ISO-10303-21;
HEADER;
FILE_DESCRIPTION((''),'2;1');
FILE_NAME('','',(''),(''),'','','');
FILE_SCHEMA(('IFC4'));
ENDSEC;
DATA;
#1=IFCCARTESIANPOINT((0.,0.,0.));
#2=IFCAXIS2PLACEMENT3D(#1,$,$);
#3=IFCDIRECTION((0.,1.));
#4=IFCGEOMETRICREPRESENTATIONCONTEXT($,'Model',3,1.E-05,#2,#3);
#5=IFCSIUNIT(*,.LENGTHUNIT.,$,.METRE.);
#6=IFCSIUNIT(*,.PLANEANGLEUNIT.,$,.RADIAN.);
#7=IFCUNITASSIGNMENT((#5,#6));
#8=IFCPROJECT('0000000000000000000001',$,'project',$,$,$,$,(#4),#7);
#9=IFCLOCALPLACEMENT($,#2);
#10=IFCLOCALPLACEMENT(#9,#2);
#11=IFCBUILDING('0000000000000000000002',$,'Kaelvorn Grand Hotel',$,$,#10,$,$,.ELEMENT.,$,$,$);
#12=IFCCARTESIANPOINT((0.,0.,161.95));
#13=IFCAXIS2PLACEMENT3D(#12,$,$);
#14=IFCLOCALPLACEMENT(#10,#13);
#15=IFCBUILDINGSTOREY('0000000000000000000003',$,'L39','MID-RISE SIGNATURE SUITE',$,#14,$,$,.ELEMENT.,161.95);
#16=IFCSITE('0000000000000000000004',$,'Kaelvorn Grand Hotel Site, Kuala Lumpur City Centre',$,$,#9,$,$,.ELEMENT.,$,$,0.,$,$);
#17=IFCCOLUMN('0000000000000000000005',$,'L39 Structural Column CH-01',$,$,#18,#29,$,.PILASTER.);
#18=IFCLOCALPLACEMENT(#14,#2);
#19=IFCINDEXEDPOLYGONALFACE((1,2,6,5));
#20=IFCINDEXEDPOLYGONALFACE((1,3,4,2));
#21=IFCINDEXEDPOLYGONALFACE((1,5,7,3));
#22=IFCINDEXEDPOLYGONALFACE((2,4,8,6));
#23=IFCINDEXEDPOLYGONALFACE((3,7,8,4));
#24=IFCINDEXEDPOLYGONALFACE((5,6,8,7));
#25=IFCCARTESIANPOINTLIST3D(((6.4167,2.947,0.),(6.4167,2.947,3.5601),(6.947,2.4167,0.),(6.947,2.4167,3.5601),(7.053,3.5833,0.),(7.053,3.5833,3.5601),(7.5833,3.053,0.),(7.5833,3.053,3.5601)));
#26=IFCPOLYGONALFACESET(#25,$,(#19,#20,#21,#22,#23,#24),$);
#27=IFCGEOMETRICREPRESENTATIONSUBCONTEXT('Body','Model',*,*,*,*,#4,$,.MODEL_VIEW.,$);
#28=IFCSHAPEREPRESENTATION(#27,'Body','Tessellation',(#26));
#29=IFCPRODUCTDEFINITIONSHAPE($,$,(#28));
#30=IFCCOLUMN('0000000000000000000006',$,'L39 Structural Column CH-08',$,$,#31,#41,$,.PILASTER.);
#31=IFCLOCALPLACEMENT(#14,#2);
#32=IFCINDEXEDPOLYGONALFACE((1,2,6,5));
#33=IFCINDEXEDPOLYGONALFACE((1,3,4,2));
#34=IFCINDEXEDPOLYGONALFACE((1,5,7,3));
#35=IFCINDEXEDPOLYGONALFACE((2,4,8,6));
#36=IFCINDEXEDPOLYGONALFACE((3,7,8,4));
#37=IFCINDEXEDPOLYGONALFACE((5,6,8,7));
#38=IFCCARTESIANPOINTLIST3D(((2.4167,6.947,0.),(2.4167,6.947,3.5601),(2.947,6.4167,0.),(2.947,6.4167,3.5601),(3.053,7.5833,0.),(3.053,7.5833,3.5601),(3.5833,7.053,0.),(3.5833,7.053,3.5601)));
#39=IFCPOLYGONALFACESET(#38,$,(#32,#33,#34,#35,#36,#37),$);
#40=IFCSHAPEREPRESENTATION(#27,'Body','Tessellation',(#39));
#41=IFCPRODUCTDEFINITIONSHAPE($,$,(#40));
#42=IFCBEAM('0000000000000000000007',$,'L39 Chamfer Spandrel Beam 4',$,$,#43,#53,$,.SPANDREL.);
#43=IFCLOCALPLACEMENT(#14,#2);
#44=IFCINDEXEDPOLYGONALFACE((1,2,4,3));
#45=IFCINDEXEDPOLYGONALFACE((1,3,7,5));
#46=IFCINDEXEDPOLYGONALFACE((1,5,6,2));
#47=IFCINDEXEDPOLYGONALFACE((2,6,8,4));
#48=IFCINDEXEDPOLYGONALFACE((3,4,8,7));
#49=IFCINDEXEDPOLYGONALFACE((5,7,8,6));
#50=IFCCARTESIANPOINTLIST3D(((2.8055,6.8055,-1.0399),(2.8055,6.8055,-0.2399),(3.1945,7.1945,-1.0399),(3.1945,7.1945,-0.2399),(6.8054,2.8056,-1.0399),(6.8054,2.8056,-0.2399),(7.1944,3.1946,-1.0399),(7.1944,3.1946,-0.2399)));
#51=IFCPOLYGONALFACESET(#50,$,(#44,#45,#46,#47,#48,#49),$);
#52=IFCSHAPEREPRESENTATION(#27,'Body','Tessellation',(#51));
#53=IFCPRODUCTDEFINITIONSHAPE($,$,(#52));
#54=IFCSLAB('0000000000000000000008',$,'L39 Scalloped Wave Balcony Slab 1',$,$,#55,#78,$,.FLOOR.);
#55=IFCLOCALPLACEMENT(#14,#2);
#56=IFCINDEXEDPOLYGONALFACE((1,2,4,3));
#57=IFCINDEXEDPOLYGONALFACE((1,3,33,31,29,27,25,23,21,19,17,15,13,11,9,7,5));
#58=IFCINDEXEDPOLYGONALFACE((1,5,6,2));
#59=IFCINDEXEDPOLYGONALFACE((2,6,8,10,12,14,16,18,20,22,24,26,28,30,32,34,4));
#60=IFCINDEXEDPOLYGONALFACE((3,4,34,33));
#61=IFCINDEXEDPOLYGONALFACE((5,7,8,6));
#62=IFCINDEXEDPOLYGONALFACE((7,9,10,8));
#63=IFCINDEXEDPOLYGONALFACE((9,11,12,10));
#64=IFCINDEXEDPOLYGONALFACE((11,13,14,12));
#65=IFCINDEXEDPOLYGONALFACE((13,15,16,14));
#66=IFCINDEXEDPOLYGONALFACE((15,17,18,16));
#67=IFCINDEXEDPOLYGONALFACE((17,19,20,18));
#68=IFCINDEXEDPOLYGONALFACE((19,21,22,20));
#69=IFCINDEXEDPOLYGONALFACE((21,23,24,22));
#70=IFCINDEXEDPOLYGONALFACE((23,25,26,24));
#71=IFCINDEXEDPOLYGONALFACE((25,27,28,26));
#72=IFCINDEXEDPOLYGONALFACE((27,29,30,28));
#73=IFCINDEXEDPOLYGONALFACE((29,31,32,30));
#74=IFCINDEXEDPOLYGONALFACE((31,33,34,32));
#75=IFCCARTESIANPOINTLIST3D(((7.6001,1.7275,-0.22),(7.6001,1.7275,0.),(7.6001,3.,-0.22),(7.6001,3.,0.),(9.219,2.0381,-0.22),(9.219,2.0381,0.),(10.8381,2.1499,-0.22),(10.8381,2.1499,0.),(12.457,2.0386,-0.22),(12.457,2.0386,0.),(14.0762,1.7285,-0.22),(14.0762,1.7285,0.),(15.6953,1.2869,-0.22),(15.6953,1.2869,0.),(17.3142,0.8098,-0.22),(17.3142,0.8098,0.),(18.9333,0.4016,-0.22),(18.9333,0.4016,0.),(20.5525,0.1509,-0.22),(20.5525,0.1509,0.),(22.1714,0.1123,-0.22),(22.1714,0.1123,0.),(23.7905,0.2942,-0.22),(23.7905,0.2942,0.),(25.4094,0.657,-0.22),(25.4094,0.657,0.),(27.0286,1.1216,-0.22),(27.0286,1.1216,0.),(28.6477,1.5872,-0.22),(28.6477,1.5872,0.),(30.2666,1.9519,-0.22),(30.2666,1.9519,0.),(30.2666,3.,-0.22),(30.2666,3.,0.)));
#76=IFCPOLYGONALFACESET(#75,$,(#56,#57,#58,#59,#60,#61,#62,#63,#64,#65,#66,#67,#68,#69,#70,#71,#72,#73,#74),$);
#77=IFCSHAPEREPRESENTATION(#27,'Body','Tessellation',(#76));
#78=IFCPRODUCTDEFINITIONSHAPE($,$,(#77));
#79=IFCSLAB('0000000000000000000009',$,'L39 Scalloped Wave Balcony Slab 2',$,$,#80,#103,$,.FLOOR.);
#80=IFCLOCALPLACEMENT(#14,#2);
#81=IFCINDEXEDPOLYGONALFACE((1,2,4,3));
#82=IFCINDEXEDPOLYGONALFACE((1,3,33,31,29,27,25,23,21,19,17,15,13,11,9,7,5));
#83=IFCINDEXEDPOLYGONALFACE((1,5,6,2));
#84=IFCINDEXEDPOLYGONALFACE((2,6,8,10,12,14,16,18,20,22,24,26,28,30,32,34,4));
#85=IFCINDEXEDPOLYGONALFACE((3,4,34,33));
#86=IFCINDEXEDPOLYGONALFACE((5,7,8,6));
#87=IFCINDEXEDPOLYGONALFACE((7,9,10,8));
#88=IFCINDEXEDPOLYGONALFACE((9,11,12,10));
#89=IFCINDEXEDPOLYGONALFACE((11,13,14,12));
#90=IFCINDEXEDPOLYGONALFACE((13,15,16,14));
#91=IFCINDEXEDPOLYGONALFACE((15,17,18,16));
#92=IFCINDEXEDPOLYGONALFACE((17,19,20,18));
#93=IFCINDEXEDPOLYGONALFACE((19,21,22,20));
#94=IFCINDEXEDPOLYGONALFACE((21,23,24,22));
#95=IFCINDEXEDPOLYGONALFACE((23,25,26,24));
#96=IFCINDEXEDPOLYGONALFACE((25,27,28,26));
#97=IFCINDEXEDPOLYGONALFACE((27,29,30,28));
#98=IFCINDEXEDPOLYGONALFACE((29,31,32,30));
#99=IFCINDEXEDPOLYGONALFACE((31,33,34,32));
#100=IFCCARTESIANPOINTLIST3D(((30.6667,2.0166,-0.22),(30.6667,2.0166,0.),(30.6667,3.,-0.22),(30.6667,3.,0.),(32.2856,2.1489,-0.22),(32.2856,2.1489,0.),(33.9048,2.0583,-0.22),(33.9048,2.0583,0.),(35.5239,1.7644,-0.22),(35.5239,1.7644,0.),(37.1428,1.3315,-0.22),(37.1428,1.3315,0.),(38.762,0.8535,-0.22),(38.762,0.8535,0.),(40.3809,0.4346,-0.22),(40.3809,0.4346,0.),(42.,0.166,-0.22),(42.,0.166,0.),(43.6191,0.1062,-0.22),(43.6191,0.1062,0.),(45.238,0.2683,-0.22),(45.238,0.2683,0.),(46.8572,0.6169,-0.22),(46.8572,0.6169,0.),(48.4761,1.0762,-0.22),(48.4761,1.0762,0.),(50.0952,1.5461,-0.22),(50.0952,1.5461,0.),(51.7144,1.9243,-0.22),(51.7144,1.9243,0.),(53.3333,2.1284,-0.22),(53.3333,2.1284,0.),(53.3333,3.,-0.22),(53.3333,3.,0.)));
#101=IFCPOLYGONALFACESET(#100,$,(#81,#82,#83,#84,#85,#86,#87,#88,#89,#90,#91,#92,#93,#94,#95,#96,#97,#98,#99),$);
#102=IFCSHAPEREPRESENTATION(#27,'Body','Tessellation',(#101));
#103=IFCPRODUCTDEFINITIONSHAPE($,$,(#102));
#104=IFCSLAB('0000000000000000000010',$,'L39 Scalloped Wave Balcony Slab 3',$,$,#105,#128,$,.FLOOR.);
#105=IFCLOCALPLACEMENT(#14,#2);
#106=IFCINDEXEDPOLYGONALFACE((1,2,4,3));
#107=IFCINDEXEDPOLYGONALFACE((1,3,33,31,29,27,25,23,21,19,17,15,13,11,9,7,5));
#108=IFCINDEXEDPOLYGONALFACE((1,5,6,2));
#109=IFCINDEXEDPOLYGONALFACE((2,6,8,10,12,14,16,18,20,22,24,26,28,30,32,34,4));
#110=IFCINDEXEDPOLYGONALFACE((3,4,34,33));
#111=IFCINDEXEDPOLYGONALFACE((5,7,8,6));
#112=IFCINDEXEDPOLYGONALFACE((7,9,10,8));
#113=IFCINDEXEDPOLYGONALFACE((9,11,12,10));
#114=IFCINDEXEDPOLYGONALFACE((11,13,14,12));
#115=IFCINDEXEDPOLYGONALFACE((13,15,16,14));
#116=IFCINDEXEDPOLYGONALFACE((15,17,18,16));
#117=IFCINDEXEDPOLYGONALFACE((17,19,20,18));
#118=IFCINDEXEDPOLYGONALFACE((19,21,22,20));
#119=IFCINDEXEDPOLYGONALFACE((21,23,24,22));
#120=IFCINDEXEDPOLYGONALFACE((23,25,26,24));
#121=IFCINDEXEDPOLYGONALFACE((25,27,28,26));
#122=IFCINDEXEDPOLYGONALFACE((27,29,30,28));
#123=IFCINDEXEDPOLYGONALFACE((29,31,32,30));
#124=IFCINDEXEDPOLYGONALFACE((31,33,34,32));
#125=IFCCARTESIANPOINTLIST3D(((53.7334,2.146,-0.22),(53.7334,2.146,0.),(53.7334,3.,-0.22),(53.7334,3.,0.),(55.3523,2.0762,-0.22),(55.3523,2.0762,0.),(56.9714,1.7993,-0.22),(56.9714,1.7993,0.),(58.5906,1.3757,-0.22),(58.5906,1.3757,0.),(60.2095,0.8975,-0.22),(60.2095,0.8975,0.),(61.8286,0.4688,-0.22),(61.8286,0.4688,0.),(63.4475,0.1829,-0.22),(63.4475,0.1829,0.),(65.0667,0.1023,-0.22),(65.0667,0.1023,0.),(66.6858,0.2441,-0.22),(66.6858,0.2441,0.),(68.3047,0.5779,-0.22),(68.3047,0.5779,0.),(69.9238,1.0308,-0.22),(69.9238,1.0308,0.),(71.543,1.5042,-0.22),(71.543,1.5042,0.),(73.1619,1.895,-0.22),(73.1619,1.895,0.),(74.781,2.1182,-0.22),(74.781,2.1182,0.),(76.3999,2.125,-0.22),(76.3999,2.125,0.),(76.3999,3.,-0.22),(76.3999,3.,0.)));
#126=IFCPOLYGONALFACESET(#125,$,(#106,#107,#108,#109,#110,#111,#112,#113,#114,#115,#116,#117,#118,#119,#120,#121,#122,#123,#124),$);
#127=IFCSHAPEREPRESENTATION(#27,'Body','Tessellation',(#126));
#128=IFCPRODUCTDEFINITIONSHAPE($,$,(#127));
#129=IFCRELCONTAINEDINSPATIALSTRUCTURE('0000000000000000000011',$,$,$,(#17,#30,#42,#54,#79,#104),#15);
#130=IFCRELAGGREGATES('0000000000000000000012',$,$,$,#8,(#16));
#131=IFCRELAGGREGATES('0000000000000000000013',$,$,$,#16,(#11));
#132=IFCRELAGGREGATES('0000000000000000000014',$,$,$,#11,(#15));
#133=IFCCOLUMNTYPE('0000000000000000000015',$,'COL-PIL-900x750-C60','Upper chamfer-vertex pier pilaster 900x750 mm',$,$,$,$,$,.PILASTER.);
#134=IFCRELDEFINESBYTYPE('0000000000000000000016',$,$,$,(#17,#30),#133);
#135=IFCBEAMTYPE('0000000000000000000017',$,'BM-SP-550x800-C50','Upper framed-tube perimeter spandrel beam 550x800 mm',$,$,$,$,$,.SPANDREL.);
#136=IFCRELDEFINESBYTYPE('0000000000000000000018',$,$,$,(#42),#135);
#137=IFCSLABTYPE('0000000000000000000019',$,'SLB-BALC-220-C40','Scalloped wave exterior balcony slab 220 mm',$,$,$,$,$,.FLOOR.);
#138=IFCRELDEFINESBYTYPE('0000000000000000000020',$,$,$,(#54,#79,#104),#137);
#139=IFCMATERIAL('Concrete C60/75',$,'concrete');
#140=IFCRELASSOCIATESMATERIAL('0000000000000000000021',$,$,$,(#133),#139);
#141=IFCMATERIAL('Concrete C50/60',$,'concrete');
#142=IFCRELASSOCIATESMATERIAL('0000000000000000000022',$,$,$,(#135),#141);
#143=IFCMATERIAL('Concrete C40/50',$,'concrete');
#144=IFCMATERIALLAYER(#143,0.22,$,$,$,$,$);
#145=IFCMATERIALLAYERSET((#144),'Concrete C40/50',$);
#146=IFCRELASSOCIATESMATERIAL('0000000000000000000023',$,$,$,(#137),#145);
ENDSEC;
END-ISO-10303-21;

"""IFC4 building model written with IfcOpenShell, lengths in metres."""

from ifc_helpers import new_model, si_unit, direction, frame, origin, origin_2d, place, context, subcontext, project, spatial, polyline, rectangle, outline, extrude, material, layer, layer_set, material_profile, profile_set, type_object, element, save


model = new_model("IFC4")

# Units and contexts
model_context = context("Model", 3, precision=1e-05, world=origin(), true_north=direction((0.0, 1.0)))
body_context = subcontext(model_context, "Body", "Model", "MODEL_VIEW")
ifc_project = project(units=[si_unit("LENGTHUNIT", "METRE"), si_unit("PLANEANGLEUNIT", "RADIAN")], contexts=[model_context])

# Site, building, storey
site_placement = place(None, origin())
site = spatial("IfcSite", under=ifc_project, at=site_placement, Name="Kaelvorn Grand Hotel Site, Kuala Lumpur City Centre", CompositionType="ELEMENT", RefElevation=0.0)
building_placement = place(site_placement, origin())
building = spatial("IfcBuilding", under=site, at=building_placement, Name="Kaelvorn Grand Hotel", CompositionType="ELEMENT")
storey_placement = place(building_placement, frame((0.0, 0.0, 161.95)))
storey = spatial("IfcBuildingStorey", under=building, at=storey_placement, Name="L39", Description="MID-RISE SIGNATURE SUITE", CompositionType="ELEMENT", Elevation=161.95)

# Columns
ifc_material_1 = material(Name="Concrete C60/75", Category="concrete")
ifc_material_profile_1 = material_profile(ifc_material_1, rectangle(XDim=0.8999, YDim=0.75, at=origin_2d()), Name="RC PILASTER 900x750")
ifc_profile_set_1 = profile_set([ifc_material_profile_1], Name="Concrete C60/75")
column_type = type_object("IfcColumnType", Name="COL-PIL-900x750-C60", Description="Upper chamfer-vertex pier pilaster 900x750 mm", PredefinedType="PILASTER", material=ifc_profile_set_1)
for number, where, z_axis, x_axis, name in (
    (1, (7.0, 3.0, 0.0), (0.0, 0.0, 1.0), (0.707107, 0.707107, 0.0), "L39 Structural Column CH-01"),
    (2, (3.0, 7.0, 0.0), (0.0, 0.0, 1.0), (0.707107, 0.707107, 0.0), "L39 Structural Column CH-08"),
):
    element("IfcColumn", number, at=place(storey_placement, frame(where, z_axis=z_axis, x_axis=x_axis)), inside=storey, type_object=column_type, Name=name, PredefinedType="PILASTER", context=body_context, shape_type="SweptSolid", body=[
        extrude(rectangle(XDim=0.8999, YDim=0.75, at=origin_2d()), origin(), (0.0, 0.0, 1.0), 3.5601),
    ])

# Beam
ifc_material_2 = material(Name="Concrete C50/60", Category="concrete")
ifc_material_profile_2 = material_profile(ifc_material_2, rectangle(XDim=0.55, YDim=0.8, at=origin_2d()), Name="RC SPANDREL 550x800")
ifc_profile_set_2 = profile_set([ifc_material_profile_2], Name="Concrete C50/60")
beam_type = type_object("IfcBeamType", Name="BM-SP-550x800-C50", Description="Upper framed-tube perimeter spandrel beam 550x800 mm", PredefinedType="SPANDREL", material=ifc_profile_set_2)
beam_placement = place(storey_placement, frame((3.0, 7.0, -0.6399), z_axis=(0.707107, -0.707107, 0.0), x_axis=(0.707107, 0.707107, 0.0)))
element("IfcBeam", 3, at=beam_placement, inside=storey, type_object=beam_type, Name="L39 Chamfer Spandrel Beam 4", PredefinedType="SPANDREL", context=body_context, shape_type="SweptSolid", body=[
    extrude(rectangle(XDim=0.55, YDim=0.8, at=origin_2d()), origin(), (0.0, 0.0, 1.0), 5.6567),
])

# Slabs
ifc_material_3 = material(Name="Concrete C40/50", Category="concrete")
ifc_layer_1 = layer(ifc_material_3, 0.22)
ifc_layer_set_1 = layer_set([ifc_layer_1], Name="Concrete C40/50")
slab_type_1 = type_object("IfcSlabType", Name="SLB-BALC-220-C40", Description="Scalloped wave exterior balcony slab 220 mm", PredefinedType="FLOOR", material=ifc_layer_set_1)
slab_1_placement = place(storey_placement, frame((0.0, 0.0, -0.22)))
element("IfcSlab", 4, at=slab_1_placement, inside=storey, type_object=slab_type_1, Name="L39 Scalloped Wave Balcony Slab 1", PredefinedType="FLOOR", context=body_context, shape_type="SweptSolid", body=[
    extrude(outline(polyline([(7.6001, 1.7275), (9.219, 2.0381), (10.8381, 2.1499), (12.457, 2.0386), (14.0762, 1.7285), (15.6953, 1.2869), (17.3142, 0.8098), (18.9333, 0.4016), (20.5525, 0.1509), (22.1714, 0.1123), (23.7905, 0.2942), (25.4094, 0.657), (27.0286, 1.1216), (28.6477, 1.5872), (30.2666, 1.9519), (30.2666, 3.0), (7.6001, 3.0), (7.6001, 1.7275)])), origin(), (0.0, 0.0, 1.0), 0.22),
])
slab_2_placement = place(storey_placement, frame((0.0, 0.0, -0.22)))
element("IfcSlab", 5, at=slab_2_placement, inside=storey, type_object=slab_type_1, Name="L39 Scalloped Wave Balcony Slab 2", PredefinedType="FLOOR", context=body_context, shape_type="SweptSolid", body=[
    extrude(outline(polyline([(30.6667, 2.0166), (32.2856, 2.1489), (33.9048, 2.0583), (35.5239, 1.7644), (37.1428, 1.3315), (38.762, 0.8535), (40.3809, 0.4346), (42.0, 0.166), (43.6191, 0.1062), (45.238, 0.2683), (46.8572, 0.6169), (48.4761, 1.0762), (50.0952, 1.5461), (51.7144, 1.9243), (53.3333, 2.1284), (53.3333, 3.0), (30.6667, 3.0), (30.6667, 2.0166)])), origin(), (0.0, 0.0, 1.0), 0.22),
])
slab_3_placement = place(storey_placement, frame((0.0, 0.0, -0.22)))
element("IfcSlab", 6, at=slab_3_placement, inside=storey, type_object=slab_type_1, Name="L39 Scalloped Wave Balcony Slab 3", PredefinedType="FLOOR", context=body_context, shape_type="SweptSolid", body=[
    extrude(outline(polyline([(53.7334, 2.146), (55.3523, 2.0762), (56.9714, 1.7993), (58.5906, 1.3757), (60.2095, 0.8975), (61.8286, 0.4688), (63.4475, 0.1829), (65.0667, 0.1023), (66.6858, 0.2441), (68.3047, 0.5779), (69.9238, 1.0308), (71.543, 1.5042), (73.1619, 1.895), (74.781, 2.1182), (76.3999, 2.125), (76.3999, 3.0), (53.7334, 3.0), (53.7334, 2.146)])), origin(), (0.0, 0.0, 1.0), 0.22),
])

save(model, "model.ifc")
